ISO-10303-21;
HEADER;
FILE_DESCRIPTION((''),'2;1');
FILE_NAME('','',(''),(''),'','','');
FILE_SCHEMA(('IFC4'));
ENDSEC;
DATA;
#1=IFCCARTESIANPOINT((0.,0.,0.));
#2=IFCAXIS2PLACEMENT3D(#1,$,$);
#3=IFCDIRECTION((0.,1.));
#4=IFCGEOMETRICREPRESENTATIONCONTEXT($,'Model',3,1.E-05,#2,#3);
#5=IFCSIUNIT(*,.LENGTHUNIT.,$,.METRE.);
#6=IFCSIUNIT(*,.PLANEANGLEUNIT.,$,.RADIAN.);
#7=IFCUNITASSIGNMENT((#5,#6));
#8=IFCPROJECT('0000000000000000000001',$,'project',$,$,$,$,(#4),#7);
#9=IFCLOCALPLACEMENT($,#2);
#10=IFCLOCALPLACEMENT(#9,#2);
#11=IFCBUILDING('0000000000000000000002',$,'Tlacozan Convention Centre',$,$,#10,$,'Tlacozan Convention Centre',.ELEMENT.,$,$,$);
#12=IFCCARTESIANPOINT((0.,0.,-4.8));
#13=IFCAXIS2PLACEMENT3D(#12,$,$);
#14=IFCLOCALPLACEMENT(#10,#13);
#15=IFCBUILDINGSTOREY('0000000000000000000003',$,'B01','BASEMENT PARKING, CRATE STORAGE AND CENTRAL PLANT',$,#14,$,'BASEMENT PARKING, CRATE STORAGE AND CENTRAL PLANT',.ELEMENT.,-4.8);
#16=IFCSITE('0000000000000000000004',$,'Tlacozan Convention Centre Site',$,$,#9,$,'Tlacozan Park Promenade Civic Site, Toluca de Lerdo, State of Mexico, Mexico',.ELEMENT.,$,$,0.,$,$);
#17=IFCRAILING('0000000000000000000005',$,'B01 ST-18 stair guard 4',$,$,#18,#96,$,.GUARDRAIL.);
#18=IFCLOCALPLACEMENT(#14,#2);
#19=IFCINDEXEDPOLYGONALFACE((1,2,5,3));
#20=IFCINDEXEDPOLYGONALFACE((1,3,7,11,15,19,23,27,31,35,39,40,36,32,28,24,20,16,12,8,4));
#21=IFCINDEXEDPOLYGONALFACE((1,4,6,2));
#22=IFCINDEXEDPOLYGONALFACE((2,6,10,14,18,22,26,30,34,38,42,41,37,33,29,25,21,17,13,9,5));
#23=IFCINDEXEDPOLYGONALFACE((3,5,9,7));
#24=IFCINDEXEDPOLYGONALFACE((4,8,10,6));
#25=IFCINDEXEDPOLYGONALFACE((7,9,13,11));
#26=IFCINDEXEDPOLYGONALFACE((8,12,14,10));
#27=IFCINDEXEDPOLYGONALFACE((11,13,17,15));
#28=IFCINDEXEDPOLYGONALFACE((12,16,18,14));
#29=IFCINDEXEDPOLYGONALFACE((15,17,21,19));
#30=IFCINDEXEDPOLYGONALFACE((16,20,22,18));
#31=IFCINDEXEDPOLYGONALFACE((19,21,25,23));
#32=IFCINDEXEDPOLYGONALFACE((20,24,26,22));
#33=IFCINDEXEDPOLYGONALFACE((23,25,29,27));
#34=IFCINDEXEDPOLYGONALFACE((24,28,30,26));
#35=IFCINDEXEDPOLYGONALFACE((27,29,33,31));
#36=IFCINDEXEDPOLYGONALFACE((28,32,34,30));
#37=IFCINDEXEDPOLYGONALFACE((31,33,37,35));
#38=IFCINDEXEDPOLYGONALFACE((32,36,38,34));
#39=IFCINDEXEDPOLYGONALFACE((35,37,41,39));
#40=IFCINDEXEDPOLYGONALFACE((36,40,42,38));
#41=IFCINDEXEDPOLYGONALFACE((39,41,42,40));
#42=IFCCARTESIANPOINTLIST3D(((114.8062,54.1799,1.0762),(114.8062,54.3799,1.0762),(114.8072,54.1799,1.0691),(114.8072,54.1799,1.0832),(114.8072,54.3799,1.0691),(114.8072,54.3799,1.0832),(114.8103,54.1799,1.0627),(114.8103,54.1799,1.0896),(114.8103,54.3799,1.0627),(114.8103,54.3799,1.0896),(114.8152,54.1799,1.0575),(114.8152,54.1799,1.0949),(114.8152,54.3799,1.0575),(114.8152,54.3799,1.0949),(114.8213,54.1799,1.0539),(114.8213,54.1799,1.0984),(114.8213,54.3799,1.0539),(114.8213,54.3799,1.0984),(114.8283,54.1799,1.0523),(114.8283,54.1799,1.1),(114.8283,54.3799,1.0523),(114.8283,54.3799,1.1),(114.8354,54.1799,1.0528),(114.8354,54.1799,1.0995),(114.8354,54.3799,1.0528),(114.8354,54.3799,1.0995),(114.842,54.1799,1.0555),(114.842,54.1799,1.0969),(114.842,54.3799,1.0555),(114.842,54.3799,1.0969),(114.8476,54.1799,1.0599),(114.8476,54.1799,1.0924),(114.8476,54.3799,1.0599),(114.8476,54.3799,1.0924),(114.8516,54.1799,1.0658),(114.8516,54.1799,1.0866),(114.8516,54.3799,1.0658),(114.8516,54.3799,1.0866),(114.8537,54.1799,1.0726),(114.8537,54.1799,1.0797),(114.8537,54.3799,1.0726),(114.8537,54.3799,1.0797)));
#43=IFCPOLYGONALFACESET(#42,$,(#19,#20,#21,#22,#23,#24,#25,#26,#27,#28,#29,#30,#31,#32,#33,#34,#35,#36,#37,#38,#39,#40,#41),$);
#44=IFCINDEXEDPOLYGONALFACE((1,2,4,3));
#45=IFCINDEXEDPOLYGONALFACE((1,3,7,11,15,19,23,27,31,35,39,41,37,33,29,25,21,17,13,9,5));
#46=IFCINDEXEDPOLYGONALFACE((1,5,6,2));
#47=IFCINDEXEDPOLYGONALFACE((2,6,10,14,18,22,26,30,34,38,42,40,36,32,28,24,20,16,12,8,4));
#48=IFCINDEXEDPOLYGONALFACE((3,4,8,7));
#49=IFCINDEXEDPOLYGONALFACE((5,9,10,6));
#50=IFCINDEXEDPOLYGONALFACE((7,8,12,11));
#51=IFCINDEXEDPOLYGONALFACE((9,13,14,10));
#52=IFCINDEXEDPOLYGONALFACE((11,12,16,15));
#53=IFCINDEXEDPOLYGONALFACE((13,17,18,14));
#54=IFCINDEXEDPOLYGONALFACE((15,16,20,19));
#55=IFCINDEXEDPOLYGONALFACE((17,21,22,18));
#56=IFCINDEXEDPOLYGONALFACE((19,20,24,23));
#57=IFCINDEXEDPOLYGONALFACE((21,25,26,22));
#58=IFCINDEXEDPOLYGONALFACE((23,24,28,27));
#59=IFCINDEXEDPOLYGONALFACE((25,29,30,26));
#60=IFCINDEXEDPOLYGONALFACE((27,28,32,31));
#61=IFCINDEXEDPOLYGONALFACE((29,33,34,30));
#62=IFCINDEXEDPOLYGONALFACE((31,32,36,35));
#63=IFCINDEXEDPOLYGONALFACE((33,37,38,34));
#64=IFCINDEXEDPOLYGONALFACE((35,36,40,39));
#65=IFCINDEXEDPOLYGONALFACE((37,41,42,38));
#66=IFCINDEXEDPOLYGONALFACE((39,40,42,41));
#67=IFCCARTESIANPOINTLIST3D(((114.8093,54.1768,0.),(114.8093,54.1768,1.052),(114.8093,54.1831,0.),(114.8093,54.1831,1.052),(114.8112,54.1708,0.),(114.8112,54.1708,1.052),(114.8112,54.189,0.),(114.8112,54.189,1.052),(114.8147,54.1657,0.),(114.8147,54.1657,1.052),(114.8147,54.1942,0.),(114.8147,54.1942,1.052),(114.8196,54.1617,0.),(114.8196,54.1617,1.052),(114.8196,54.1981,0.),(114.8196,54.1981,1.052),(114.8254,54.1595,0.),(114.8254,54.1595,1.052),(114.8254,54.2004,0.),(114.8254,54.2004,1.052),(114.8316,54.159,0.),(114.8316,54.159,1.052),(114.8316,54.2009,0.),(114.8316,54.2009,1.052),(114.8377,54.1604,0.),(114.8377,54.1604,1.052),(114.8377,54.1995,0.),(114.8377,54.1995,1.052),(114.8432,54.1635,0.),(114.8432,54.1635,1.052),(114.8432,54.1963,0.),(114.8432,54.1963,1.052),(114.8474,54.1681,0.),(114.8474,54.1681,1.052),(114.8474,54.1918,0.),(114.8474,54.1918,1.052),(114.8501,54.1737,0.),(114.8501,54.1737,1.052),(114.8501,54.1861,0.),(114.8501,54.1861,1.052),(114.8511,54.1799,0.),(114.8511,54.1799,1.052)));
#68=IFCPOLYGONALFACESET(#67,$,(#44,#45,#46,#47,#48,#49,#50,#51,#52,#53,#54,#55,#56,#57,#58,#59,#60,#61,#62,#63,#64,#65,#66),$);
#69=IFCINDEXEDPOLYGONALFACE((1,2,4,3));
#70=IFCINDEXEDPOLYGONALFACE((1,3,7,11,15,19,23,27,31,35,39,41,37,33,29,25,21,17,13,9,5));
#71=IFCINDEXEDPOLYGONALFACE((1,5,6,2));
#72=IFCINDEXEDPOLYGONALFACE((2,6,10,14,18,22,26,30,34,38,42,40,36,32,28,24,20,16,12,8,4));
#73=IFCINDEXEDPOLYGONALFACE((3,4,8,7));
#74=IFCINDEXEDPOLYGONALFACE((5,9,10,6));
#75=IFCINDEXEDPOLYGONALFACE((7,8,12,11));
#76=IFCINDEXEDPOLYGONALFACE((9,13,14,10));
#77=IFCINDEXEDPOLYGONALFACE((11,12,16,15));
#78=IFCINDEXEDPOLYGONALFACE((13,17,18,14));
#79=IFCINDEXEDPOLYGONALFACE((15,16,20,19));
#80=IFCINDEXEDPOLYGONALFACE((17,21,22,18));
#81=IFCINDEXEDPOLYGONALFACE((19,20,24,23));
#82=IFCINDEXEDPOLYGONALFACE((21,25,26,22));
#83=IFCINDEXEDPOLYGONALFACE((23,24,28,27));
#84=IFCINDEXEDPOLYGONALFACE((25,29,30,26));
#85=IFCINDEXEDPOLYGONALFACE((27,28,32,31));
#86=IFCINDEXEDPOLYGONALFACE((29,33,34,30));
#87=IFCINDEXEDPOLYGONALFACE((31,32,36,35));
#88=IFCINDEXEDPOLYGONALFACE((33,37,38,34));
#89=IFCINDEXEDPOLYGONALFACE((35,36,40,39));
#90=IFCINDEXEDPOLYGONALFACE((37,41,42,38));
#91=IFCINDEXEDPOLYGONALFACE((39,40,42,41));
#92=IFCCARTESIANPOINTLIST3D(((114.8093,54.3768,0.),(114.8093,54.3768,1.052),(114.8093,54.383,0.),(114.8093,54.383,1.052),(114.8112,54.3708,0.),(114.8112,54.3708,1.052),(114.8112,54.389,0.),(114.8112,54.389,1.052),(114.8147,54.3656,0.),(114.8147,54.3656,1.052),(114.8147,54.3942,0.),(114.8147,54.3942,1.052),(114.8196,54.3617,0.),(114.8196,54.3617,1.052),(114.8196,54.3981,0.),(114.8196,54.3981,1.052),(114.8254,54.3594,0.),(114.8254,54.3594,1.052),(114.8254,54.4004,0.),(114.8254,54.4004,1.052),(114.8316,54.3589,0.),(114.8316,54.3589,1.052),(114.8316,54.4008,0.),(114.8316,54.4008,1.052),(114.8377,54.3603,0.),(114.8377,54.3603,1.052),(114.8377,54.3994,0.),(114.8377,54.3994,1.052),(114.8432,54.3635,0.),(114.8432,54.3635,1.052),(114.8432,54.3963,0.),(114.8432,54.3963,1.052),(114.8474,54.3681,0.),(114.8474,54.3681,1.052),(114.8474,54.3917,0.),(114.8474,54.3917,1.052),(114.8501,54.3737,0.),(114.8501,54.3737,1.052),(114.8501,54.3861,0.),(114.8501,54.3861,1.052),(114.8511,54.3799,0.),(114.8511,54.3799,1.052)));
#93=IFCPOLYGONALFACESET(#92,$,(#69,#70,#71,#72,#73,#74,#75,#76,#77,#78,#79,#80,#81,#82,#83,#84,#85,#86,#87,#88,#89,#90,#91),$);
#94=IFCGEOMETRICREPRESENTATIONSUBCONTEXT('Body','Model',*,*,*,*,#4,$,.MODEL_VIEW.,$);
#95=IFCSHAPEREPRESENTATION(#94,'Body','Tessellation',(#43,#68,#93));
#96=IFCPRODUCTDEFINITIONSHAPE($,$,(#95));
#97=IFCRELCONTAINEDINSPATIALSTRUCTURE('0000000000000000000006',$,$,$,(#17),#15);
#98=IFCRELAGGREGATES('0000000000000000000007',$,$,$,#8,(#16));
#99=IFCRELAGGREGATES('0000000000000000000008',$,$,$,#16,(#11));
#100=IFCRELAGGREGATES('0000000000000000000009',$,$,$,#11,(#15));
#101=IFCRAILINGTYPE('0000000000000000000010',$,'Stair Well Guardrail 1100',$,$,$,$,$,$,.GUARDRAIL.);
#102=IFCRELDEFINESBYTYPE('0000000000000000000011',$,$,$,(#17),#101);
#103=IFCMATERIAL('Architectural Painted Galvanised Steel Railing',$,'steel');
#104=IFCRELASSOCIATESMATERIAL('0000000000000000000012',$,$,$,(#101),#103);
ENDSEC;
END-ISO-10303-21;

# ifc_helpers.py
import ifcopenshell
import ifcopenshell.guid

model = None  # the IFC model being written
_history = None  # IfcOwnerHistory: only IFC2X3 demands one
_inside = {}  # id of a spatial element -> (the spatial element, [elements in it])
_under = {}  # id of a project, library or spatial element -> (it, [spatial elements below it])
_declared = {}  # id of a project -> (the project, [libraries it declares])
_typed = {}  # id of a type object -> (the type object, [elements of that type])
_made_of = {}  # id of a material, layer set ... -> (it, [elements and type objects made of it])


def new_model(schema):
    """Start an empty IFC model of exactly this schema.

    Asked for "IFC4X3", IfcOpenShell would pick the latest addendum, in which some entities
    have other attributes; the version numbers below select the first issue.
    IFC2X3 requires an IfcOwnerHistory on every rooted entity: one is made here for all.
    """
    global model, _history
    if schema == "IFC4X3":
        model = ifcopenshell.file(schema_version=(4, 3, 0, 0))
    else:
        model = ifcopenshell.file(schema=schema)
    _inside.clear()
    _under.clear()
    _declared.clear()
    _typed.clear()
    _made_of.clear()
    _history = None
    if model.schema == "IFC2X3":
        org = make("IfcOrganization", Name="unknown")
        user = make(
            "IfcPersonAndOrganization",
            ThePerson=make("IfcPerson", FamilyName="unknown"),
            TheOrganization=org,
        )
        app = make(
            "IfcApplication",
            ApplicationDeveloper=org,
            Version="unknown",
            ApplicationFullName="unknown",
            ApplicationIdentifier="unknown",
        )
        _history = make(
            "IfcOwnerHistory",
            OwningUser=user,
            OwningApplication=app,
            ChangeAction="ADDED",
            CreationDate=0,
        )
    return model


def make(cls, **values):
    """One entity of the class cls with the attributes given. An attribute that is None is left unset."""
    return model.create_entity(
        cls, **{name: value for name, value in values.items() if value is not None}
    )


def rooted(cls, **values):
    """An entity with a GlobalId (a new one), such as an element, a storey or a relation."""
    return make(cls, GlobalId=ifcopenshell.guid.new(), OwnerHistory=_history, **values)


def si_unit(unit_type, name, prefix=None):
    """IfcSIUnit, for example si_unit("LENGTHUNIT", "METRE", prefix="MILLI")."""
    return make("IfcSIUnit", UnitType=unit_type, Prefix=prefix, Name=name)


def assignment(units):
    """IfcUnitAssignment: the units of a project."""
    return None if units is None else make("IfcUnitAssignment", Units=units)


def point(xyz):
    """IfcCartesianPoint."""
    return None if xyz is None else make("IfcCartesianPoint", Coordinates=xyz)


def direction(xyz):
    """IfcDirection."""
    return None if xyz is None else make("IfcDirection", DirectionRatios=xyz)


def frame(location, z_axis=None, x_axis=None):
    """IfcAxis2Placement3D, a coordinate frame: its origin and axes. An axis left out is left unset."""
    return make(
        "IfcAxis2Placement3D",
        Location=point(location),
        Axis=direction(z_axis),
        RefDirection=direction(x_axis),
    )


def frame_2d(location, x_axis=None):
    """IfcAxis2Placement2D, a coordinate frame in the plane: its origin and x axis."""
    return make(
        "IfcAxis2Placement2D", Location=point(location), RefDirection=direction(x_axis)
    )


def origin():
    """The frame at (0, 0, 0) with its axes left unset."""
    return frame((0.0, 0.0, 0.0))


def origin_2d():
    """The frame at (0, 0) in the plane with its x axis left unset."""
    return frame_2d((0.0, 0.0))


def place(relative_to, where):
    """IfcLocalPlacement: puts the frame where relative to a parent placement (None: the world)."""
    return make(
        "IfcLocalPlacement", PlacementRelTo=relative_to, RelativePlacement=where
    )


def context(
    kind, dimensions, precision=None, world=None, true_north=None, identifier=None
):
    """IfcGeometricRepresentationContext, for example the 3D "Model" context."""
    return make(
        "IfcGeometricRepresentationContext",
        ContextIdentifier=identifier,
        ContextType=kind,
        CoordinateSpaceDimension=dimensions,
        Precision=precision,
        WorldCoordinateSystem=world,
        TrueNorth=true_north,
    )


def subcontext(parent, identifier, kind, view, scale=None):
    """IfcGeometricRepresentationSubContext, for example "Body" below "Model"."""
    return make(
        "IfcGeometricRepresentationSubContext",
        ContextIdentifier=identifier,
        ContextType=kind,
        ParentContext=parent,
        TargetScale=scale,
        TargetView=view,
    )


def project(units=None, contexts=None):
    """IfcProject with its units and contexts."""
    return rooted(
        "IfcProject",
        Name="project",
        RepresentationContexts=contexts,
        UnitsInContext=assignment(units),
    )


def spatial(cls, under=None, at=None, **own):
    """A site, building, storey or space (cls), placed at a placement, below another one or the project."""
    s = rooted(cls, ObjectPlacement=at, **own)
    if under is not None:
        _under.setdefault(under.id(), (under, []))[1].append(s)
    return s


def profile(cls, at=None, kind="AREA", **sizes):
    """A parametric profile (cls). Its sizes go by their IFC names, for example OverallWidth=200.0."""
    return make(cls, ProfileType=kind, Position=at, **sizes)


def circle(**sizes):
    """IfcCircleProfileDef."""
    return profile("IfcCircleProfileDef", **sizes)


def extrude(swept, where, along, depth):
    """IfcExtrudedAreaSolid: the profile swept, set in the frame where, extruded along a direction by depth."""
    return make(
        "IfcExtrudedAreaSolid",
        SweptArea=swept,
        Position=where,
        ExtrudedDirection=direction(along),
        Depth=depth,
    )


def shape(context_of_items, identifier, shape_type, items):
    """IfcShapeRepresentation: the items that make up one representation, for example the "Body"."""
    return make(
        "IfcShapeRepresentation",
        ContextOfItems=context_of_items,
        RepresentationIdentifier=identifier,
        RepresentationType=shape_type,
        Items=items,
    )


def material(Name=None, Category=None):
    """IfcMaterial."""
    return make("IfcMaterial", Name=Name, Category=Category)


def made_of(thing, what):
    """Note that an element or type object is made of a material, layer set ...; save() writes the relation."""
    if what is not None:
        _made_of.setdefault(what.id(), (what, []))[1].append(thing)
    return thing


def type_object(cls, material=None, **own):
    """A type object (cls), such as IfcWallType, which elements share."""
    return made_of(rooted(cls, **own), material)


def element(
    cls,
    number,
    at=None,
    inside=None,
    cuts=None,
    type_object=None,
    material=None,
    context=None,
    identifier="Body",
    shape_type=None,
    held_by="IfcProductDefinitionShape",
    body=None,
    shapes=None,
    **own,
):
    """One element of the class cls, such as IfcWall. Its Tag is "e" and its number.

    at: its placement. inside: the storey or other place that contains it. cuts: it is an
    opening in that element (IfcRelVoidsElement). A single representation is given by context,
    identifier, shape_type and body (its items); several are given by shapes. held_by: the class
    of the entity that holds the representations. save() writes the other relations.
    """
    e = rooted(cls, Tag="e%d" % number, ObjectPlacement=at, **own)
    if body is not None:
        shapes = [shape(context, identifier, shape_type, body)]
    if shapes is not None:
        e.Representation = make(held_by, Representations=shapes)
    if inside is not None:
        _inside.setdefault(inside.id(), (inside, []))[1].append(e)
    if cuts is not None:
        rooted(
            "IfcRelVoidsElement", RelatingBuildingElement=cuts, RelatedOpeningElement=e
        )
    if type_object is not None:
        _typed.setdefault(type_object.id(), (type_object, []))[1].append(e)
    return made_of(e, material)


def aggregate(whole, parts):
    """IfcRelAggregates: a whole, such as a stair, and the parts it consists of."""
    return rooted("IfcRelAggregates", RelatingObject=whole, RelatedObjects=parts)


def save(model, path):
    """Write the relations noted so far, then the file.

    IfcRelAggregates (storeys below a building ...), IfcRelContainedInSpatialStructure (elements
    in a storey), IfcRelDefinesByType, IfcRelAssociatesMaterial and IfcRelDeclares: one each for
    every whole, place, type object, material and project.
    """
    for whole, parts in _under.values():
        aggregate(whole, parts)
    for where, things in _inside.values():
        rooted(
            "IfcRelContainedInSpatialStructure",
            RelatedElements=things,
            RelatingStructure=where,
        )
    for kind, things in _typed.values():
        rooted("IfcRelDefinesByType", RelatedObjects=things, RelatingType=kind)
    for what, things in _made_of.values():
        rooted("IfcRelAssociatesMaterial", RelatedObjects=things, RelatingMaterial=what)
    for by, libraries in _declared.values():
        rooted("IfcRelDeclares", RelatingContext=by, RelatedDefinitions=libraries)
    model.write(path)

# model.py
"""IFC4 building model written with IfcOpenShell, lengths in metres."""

from ifc_helpers import new_model, si_unit, direction, frame, origin, origin_2d, place, context, subcontext, project, spatial, circle, extrude, material, type_object, element, save


model = new_model("IFC4")

# Units and contexts
model_context = context("Model", 3, precision=1e-05, world=origin(), true_north=direction((0.0, 1.0)))
body_context = subcontext(model_context, "Body", "Model", "MODEL_VIEW")
ifc_project = project(units=[si_unit("LENGTHUNIT", "METRE"), si_unit("PLANEANGLEUNIT", "RADIAN")], contexts=[model_context])

# Site, building, storey
site_placement = place(None, origin())
site = spatial("IfcSite", under=ifc_project, at=site_placement, Name="Tlacozan Convention Centre Site", LongName="Tlacozan Park Promenade Civic Site, Toluca de Lerdo, State of Mexico, Mexico", CompositionType="ELEMENT", RefElevation=0.0)
building_placement = place(site_placement, origin())
building = spatial("IfcBuilding", under=site, at=building_placement, Name="Tlacozan Convention Centre", LongName="Tlacozan Convention Centre", CompositionType="ELEMENT")
storey_placement = place(building_placement, frame((0.0, 0.0, -4.8)))
storey = spatial("IfcBuildingStorey", under=building, at=storey_placement, Name="B01", Description="BASEMENT PARKING, CRATE STORAGE AND CENTRAL PLANT", LongName="BASEMENT PARKING, CRATE STORAGE AND CENTRAL PLANT", CompositionType="ELEMENT", Elevation=-4.8)

# Railing
ifc_material_1 = material(Name="Architectural Painted Galvanised Steel Railing", Category="steel")
railing_type_1 = type_object("IfcRailingType", Name="Stair Well Guardrail 1100", PredefinedType="GUARDRAIL", material=ifc_material_1)
railing_1_placement = place(storey_placement, frame((114.8301, 54.1799, 0.0)))
element("IfcRailing", 1, at=railing_1_placement, inside=storey, type_object=railing_type_1, Name="B01 ST-18 stair guard 4", PredefinedType="GUARDRAIL", context=body_context, shape_type="SweptSolid", body=[
    extrude(circle(Radius=0.0239, at=origin_2d()), frame((0.0, 0.0, 1.0762), z_axis=(0.0, 1.0, 0.0), x_axis=(-1.0, 0.0, 0.0)), (0.0, 0.0, 1.0), 0.2),
    extrude(circle(Radius=0.021, at=origin_2d()), origin(), (0.0, 0.0, 1.0), 1.052),
    extrude(circle(Radius=0.021, at=origin_2d()), frame((0.0, 0.2, 0.0)), (0.0, 0.0, 1.0), 1.052),
])

save(model, "model.ifc")
